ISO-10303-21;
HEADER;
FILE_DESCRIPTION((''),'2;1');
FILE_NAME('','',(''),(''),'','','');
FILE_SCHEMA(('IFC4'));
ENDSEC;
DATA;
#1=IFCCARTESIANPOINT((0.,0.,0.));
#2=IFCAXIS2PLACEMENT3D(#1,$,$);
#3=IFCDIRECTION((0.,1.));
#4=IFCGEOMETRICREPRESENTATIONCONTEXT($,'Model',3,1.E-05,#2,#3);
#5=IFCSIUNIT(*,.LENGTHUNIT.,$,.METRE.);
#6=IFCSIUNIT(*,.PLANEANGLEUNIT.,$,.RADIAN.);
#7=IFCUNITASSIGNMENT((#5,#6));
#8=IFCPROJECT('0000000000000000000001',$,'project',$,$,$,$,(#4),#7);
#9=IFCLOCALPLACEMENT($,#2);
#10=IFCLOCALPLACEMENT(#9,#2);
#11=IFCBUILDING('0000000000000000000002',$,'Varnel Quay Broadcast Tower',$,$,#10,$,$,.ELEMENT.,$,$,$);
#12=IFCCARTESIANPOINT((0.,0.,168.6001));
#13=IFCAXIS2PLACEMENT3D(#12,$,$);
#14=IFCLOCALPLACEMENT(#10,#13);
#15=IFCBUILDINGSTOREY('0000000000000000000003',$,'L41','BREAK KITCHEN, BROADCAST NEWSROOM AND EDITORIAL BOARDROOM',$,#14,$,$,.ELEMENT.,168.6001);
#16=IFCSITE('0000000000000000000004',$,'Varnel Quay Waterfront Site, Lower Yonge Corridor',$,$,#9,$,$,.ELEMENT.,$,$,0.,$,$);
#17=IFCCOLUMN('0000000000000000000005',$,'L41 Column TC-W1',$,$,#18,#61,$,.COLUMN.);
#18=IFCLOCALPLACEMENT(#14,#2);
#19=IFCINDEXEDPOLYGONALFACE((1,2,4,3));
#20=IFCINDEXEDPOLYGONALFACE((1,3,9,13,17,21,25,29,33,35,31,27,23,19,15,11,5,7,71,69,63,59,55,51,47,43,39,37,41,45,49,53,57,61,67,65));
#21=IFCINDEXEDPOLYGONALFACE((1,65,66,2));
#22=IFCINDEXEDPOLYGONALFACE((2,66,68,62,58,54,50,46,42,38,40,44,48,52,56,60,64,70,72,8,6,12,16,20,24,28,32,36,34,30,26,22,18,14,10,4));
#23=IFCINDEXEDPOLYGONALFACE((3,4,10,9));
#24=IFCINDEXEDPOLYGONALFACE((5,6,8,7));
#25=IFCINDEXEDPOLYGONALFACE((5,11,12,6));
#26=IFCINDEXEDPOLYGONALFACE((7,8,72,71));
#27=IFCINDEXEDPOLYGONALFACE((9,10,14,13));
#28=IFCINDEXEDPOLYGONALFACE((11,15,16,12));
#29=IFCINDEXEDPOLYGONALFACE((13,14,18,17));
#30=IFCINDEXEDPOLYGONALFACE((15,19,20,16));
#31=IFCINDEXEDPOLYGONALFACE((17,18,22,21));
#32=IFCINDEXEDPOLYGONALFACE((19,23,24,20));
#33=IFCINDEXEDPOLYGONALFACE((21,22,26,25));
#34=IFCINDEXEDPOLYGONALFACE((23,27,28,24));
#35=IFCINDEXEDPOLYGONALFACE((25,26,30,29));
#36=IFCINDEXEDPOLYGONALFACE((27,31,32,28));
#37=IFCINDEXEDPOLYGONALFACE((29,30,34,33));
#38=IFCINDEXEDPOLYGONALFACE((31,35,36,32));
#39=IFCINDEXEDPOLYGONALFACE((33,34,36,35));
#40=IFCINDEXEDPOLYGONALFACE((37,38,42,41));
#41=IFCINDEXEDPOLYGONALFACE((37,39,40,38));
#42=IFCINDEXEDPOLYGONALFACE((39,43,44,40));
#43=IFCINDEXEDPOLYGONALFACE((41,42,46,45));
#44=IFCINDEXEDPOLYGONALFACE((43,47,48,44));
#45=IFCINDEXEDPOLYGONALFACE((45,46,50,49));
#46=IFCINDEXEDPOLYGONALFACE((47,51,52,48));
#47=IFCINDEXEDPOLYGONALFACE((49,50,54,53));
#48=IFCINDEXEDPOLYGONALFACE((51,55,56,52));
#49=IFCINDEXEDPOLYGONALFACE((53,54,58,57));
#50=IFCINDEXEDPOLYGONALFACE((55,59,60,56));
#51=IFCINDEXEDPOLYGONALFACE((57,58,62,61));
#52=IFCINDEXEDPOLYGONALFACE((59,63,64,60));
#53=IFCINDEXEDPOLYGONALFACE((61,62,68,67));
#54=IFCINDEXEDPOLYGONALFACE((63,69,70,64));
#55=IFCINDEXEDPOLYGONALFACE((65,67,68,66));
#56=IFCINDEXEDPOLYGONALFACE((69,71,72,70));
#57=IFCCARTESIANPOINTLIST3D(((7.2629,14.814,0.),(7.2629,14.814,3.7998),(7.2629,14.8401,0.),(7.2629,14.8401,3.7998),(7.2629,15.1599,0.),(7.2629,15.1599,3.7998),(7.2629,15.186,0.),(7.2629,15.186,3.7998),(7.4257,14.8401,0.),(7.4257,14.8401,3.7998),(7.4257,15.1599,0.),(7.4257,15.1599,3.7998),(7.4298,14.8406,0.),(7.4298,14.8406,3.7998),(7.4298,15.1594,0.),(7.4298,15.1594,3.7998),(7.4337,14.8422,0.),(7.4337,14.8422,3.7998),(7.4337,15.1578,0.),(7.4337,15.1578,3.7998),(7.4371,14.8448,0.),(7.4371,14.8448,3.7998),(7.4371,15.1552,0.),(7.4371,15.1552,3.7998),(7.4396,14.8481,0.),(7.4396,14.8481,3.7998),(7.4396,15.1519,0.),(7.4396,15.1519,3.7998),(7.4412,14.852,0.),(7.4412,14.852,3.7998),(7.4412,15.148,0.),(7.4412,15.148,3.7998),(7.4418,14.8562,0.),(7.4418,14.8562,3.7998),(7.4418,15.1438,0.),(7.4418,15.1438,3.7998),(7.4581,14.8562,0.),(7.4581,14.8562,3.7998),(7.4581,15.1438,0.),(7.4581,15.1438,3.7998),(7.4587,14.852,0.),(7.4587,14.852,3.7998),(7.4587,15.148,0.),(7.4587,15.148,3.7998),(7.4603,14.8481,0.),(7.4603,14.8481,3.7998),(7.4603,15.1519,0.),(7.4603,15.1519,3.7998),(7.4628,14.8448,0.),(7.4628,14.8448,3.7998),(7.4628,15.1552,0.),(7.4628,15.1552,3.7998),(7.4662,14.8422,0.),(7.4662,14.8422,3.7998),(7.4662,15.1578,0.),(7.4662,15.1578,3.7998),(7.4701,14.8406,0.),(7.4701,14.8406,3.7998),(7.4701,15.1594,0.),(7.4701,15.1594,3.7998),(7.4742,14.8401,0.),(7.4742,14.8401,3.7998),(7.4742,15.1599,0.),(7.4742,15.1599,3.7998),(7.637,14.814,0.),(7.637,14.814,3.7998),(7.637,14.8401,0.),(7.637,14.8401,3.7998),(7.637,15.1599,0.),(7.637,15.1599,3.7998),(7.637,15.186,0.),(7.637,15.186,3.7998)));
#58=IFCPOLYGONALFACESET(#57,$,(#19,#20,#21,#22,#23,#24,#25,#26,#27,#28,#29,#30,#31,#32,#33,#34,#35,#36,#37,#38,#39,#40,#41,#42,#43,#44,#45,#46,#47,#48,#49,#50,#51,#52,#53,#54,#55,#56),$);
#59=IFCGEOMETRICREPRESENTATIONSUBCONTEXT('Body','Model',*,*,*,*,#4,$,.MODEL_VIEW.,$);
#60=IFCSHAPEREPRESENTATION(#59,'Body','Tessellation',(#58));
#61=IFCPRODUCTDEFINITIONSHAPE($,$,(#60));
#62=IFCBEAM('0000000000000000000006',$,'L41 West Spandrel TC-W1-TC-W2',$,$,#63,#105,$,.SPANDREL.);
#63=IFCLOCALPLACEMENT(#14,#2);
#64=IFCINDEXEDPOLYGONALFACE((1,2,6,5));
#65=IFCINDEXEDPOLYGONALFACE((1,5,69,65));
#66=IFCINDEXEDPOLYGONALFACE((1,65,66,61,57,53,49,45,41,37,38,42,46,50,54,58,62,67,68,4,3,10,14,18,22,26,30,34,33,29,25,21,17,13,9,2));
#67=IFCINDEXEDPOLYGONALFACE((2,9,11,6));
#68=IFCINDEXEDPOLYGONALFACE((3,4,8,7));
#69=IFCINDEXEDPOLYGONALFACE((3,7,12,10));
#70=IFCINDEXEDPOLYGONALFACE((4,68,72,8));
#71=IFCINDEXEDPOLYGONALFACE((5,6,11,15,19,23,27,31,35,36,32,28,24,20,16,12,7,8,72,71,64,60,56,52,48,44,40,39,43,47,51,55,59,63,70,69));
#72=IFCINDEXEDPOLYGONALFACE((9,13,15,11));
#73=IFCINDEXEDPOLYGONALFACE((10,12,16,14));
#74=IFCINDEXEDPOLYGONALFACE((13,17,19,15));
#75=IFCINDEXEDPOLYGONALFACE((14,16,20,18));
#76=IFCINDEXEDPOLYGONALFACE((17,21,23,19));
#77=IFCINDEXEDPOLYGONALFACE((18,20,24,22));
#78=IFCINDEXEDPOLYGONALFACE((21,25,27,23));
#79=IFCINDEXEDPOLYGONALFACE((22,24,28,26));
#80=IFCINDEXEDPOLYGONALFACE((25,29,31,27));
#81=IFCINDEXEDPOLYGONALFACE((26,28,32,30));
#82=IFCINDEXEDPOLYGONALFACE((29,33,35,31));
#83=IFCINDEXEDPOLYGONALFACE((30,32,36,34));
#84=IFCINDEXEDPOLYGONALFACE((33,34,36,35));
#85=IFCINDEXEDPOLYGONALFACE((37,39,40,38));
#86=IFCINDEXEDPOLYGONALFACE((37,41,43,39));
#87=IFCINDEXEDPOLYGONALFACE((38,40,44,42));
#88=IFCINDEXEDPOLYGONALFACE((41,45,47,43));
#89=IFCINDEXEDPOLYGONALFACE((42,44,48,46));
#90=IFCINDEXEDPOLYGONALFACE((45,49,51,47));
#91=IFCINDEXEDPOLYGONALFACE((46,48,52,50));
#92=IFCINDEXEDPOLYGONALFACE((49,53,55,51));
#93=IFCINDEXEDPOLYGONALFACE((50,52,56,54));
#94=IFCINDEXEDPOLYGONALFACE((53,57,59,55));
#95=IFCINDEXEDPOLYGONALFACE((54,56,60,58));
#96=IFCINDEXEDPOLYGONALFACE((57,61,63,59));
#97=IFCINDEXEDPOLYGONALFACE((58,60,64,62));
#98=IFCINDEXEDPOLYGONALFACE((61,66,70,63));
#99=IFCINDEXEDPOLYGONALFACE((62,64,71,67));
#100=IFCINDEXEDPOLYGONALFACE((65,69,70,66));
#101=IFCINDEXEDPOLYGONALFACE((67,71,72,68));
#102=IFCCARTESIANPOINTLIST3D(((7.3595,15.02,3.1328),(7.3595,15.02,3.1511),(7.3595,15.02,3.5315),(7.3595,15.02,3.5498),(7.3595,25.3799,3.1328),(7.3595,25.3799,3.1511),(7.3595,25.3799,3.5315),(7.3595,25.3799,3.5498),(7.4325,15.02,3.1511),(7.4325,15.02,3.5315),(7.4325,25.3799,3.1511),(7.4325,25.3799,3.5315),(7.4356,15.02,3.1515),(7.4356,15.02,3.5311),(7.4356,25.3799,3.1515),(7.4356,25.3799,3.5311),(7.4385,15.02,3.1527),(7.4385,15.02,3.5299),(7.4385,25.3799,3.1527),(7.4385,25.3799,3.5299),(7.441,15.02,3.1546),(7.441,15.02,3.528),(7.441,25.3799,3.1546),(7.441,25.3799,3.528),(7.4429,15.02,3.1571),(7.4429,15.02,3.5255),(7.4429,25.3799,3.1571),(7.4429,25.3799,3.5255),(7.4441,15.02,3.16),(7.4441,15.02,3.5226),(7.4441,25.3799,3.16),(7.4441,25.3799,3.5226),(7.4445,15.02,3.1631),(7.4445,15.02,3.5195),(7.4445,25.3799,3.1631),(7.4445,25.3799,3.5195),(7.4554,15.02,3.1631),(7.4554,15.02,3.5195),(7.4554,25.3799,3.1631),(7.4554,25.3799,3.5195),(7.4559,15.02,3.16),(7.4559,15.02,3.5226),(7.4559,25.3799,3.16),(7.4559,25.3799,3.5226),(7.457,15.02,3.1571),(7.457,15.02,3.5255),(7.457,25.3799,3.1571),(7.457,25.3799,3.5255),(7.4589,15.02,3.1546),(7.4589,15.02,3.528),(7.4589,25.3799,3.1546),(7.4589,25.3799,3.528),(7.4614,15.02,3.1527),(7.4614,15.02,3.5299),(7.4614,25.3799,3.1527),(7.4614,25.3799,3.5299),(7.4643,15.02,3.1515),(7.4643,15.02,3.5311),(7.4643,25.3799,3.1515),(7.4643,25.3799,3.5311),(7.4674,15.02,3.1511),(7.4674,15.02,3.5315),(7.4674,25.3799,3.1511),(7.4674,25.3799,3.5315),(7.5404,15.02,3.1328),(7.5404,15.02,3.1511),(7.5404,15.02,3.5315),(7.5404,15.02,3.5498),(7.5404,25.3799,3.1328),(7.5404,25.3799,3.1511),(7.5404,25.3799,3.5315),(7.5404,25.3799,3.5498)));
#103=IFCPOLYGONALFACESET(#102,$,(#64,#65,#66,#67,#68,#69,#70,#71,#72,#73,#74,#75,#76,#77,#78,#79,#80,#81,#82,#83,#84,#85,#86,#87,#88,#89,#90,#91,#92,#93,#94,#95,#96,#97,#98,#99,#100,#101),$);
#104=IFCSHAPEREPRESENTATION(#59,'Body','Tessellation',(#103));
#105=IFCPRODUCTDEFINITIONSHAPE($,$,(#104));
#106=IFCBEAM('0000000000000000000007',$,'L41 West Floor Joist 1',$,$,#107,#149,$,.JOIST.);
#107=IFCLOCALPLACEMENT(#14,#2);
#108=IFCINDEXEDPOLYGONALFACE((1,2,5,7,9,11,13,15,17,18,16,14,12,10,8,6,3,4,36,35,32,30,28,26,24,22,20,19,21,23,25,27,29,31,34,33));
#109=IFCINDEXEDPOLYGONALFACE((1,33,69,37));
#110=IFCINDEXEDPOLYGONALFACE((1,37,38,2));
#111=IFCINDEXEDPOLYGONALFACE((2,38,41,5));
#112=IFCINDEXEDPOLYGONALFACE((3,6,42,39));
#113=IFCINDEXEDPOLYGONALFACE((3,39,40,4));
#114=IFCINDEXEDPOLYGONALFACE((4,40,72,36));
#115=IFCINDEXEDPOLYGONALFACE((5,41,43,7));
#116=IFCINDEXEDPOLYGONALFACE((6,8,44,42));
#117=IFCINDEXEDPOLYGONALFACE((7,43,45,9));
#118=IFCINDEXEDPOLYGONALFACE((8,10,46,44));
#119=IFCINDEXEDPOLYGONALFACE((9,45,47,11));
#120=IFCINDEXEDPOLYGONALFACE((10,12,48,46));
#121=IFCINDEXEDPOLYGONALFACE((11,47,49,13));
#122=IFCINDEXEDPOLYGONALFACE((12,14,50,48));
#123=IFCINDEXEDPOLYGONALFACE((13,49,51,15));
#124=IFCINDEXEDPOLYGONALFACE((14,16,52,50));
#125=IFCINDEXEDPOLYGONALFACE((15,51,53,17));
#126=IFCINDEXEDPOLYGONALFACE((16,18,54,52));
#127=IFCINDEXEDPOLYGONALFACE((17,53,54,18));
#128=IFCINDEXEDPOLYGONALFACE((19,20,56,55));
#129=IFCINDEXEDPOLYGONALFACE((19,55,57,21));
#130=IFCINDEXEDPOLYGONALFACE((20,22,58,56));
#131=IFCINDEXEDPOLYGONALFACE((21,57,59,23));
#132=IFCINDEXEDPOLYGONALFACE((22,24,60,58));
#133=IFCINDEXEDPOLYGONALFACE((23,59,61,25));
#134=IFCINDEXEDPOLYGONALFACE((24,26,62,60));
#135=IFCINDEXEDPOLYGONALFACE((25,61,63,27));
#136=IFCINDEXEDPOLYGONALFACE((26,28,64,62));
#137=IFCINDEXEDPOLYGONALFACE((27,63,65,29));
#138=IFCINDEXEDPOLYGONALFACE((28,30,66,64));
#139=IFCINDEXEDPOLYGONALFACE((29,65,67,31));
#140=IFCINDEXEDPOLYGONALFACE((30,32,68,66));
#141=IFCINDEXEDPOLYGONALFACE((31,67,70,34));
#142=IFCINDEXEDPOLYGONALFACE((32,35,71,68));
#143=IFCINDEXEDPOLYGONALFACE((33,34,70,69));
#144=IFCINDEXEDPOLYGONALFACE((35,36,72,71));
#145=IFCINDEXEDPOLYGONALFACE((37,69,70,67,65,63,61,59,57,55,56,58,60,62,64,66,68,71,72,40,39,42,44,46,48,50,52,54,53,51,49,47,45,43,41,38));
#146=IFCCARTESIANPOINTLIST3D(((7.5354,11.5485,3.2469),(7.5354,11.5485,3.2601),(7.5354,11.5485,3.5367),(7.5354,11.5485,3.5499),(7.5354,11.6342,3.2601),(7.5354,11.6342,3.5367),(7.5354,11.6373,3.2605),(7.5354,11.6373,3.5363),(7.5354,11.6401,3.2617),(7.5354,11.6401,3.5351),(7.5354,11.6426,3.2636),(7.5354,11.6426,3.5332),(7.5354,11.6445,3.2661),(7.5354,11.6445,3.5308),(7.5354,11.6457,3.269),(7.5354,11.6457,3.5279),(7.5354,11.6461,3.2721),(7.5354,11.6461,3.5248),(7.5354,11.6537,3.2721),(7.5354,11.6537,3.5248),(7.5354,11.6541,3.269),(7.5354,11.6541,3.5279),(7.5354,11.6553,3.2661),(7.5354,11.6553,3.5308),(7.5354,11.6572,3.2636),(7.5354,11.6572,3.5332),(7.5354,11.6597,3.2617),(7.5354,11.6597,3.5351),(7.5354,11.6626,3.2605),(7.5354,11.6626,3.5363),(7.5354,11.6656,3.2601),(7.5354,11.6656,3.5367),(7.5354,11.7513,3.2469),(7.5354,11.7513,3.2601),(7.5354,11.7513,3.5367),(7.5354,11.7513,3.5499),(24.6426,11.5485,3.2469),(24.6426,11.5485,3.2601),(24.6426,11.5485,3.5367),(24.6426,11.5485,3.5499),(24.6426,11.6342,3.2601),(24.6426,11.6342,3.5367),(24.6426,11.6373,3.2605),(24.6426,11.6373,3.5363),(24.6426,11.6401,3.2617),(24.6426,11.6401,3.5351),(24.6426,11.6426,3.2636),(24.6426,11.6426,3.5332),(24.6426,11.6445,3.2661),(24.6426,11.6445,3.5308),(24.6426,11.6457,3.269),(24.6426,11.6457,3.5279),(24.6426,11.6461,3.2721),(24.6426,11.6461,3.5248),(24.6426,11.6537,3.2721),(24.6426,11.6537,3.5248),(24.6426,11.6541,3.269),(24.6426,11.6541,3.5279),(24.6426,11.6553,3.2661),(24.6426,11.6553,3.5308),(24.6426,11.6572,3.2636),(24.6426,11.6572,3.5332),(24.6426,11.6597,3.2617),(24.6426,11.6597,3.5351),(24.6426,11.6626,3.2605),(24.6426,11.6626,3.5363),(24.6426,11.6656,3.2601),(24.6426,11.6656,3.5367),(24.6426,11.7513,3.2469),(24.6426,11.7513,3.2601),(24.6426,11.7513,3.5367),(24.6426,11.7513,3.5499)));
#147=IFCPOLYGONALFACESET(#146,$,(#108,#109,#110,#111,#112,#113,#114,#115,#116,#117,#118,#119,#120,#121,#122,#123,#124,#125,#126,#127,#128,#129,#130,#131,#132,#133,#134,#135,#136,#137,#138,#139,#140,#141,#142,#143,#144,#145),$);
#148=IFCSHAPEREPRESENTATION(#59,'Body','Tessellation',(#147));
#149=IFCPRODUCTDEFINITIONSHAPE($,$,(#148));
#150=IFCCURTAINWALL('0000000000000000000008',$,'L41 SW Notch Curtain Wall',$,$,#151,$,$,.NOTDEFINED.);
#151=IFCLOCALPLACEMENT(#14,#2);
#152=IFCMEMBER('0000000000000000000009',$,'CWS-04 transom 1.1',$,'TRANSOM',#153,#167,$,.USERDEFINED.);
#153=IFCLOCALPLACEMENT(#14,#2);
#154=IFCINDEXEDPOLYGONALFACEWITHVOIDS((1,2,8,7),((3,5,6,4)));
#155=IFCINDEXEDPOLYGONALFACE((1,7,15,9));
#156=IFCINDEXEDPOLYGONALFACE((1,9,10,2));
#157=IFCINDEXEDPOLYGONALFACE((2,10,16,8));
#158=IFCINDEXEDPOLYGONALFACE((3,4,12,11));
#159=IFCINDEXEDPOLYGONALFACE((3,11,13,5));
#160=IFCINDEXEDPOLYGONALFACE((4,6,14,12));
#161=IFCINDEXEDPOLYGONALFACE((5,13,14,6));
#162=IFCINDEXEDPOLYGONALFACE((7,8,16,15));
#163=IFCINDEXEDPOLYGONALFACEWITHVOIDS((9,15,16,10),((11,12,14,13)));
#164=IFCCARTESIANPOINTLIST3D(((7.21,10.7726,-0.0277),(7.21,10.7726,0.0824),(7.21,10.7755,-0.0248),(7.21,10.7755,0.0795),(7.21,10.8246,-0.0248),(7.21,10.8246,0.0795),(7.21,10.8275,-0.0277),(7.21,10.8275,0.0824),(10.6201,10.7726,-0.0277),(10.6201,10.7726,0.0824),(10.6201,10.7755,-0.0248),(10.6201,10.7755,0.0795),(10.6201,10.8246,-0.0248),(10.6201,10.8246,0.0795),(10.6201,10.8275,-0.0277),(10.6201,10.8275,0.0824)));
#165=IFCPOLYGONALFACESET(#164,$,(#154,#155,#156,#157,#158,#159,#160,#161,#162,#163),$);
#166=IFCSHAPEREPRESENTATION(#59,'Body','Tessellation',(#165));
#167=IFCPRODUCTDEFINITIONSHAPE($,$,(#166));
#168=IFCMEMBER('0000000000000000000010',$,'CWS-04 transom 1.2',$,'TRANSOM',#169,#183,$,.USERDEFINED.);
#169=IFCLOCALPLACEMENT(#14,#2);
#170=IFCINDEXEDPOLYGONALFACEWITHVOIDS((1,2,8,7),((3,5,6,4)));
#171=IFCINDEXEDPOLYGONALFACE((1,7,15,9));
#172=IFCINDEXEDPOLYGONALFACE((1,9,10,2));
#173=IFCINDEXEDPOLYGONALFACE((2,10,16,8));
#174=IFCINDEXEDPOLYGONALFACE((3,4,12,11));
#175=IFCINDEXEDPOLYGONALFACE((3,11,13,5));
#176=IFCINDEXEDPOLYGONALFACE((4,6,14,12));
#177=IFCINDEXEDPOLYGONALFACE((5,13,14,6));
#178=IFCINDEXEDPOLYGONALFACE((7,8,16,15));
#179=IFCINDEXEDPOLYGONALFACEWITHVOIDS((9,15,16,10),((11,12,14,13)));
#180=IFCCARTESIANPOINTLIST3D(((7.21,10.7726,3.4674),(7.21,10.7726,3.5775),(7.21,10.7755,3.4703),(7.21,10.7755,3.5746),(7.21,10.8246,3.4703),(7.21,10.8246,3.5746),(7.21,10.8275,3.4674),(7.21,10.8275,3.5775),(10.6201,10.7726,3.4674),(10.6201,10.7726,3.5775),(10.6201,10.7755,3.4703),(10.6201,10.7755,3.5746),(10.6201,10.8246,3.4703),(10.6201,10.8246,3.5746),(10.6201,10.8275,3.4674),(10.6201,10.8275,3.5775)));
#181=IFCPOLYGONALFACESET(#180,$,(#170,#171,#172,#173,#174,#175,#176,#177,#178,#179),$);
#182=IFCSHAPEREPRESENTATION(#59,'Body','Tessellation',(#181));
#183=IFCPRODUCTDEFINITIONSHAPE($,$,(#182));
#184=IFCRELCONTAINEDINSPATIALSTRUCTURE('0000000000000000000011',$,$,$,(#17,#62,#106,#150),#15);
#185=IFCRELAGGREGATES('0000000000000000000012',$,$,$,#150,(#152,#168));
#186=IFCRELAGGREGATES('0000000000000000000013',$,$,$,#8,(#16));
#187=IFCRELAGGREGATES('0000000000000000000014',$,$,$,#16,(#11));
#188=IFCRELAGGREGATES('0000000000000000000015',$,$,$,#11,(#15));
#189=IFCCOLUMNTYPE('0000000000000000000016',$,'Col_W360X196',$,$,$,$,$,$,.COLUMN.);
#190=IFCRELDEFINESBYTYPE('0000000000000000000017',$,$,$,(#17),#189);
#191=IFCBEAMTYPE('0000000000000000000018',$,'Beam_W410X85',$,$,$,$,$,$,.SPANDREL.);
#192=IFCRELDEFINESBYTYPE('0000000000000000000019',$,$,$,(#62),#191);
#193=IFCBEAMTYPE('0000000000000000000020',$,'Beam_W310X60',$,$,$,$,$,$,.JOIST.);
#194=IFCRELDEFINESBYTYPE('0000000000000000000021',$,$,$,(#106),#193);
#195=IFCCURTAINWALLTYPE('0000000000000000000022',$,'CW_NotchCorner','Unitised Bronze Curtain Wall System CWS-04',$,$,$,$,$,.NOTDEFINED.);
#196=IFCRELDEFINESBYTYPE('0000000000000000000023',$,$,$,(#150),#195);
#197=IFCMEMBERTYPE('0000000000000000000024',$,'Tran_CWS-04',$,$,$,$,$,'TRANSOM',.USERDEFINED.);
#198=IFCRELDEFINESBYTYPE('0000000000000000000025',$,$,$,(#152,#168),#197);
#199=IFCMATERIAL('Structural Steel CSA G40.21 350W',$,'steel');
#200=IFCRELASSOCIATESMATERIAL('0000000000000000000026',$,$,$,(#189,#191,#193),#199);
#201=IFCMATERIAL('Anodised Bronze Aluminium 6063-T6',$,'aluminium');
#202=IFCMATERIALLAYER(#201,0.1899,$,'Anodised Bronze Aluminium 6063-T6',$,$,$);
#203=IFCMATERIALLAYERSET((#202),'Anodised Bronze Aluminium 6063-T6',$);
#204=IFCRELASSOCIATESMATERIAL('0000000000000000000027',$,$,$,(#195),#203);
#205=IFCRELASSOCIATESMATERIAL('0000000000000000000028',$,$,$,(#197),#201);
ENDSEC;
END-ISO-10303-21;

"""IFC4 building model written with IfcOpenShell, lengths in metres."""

from ifc_helpers import new_model, si_unit, direction, frame, origin, origin_2d, place, context, subcontext, project, spatial, hollow_rectangle, i_section, extrude, source, transform, mapped, material, layer, layer_set, material_profile, profile_set, type_object, type_shapes, element, aggregate, save


model = new_model("IFC4")

# Units and contexts
model_context = context("Model", 3, precision=1e-05, world=origin(), true_north=direction((0.0, 1.0)))
body_context = subcontext(model_context, "Body", "Model", "MODEL_VIEW")
ifc_project = project(units=[si_unit("LENGTHUNIT", "METRE"), si_unit("PLANEANGLEUNIT", "RADIAN")], contexts=[model_context])

# Site, building, storey
site_placement = place(None, origin())
site = spatial("IfcSite", under=ifc_project, at=site_placement, Name="Varnel Quay Waterfront Site, Lower Yonge Corridor", CompositionType="ELEMENT", RefElevation=0.0)
building_placement = place(site_placement, origin())
building = spatial("IfcBuilding", under=site, at=building_placement, Name="Varnel Quay Broadcast Tower", CompositionType="ELEMENT")
storey_placement = place(building_placement, frame((0.0, 0.0, 168.6001)))
storey = spatial("IfcBuildingStorey", under=building, at=storey_placement, Name="L41", Description="BREAK KITCHEN, BROADCAST NEWSROOM AND EDITORIAL BOARDROOM", CompositionType="ELEMENT", Elevation=168.6001)

# Column
ifc_material_1 = material(Name="Structural Steel CSA G40.21 350W", Category="steel")
ifc_material_profile_1 = material_profile(ifc_material_1, i_section(OverallWidth=0.374, OverallDepth=0.3721, WebThickness=0.0164, FlangeThickness=0.0261, FilletRadius=0.0161, at=origin_2d()), Name="W360X196")
ifc_profile_set_1 = profile_set([ifc_material_profile_1], Name="Structural Steel CSA G40.21 350W")
column_type = type_object("IfcColumnType", Name="Col_W360X196", PredefinedType="COLUMN", material=ifc_profile_set_1)
shared_shape_1 = source(origin(), body_context, "Body", "SweptSolid", [
    extrude(i_section(OverallWidth=0.374, OverallDepth=0.3721, WebThickness=0.0164, FlangeThickness=0.0261, FilletRadius=0.0161, at=origin_2d()), origin(), (0.0, 0.0, 1.0), 3.7998),
])
type_shapes(column_type, [shared_shape_1])
column_placement = place(storey_placement, frame((7.45, 15.0, 0.0), z_axis=(0.0, 0.0, 1.0), x_axis=(1.0, 0.0, 0.0)))
element("IfcColumn", 1, at=column_placement, inside=storey, type_object=column_type, Name="L41 Column TC-W1", PredefinedType="COLUMN", context=body_context, shape_type="MappedRepresentation", body=[
    mapped(shared_shape_1, transform((0.0, 0.0, 0.0), x_axis=(1.0, 0.0, 0.0), y_axis=(0.0, 1.0, 0.0), z_axis=(0.0, 0.0, 1.0), scale=1.0)),
])

# Beams
ifc_material_profile_2 = material_profile(ifc_material_1, i_section(OverallWidth=0.1809, OverallDepth=0.417, WebThickness=0.011, FlangeThickness=0.0183, FilletRadius=0.012, at=origin_2d()), Name="W410X85")
ifc_profile_set_2 = profile_set([ifc_material_profile_2], Name="Structural Steel CSA G40.21 350W")
beam_type_1 = type_object("IfcBeamType", Name="Beam_W410X85", PredefinedType="SPANDREL", material=ifc_profile_set_2)
shared_shape_2 = source(origin(), body_context, "Body", "SweptSolid", [
    extrude(i_section(OverallWidth=0.1809, OverallDepth=0.417, WebThickness=0.011, FlangeThickness=0.0183, FilletRadius=0.012, at=origin_2d()), origin(), (0.0, 0.0, 1.0), 10.3599),
])
type_shapes(beam_type_1, [shared_shape_2])
beam_1_placement = place(storey_placement, frame((7.45, 15.02, 3.3413), z_axis=(0.0, 1.0, 0.0), x_axis=(-1.0, 0.0, 0.0)))
element("IfcBeam", 2, at=beam_1_placement, inside=storey, type_object=beam_type_1, Name="L41 West Spandrel TC-W1-TC-W2", PredefinedType="SPANDREL", context=body_context, shape_type="MappedRepresentation", body=[
    mapped(shared_shape_2, transform((0.0, 0.0, 0.0), x_axis=(1.0, 0.0, 0.0), y_axis=(0.0, 1.0, 0.0), z_axis=(0.0, 0.0, 1.0), scale=1.0)),
])
ifc_material_profile_3 = material_profile(ifc_material_1, i_section(OverallWidth=0.2029, OverallDepth=0.303, WebThickness=0.0076, FlangeThickness=0.0132, FilletRadius=0.012, at=origin_2d()), Name="W310X60")
ifc_profile_set_3 = profile_set([ifc_material_profile_3], Name="Structural Steel CSA G40.21 350W")
beam_type_2 = type_object("IfcBeamType", Name="Beam_W310X60", PredefinedType="JOIST", material=ifc_profile_set_3)
shared_shape_3 = source(origin(), body_context, "Body", "SweptSolid", [
    extrude(i_section(OverallWidth=0.2029, OverallDepth=0.303, WebThickness=0.0076, FlangeThickness=0.0132, FilletRadius=0.012, at=origin_2d()), origin(), (0.0, 0.0, 1.0), 17.1072),
])
type_shapes(beam_type_2, [shared_shape_3])
beam_2_placement = place(storey_placement, frame((7.5354, 11.6499, 3.3984), z_axis=(1.0, 0.0, 0.0), x_axis=(0.0, 1.0, 0.0)))
element("IfcBeam", 3, at=beam_2_placement, inside=storey, type_object=beam_type_2, Name="L41 West Floor Joist 1", PredefinedType="JOIST", context=body_context, shape_type="MappedRepresentation", body=[
    mapped(shared_shape_3, transform((0.0, 0.0, 0.0), x_axis=(1.0, 0.0, 0.0), y_axis=(0.0, 1.0, 0.0), z_axis=(0.0, 0.0, 1.0), scale=1.0)),
])

# Curtain wall, members
ifc_material_2 = material(Name="Anodised Bronze Aluminium 6063-T6", Category="aluminium")
ifc_layer_1 = layer(ifc_material_2, 0.1899, Name="Anodised Bronze Aluminium 6063-T6")
ifc_layer_set_1 = layer_set([ifc_layer_1], Name="Anodised Bronze Aluminium 6063-T6")
curtain_wall_type_1 = type_object("IfcCurtainWallType", Name="CW_NotchCorner", Description="Unitised Bronze Curtain Wall System CWS-04", PredefinedType="NOTDEFINED", material=ifc_layer_set_1)
curtain_wall_1_placement = place(storey_placement, origin())
curtain_wall_1 = element("IfcCurtainWall", 4, at=curtain_wall_1_placement, inside=storey, type_object=curtain_wall_type_1, Name="L41 SW Notch Curtain Wall", PredefinedType="NOTDEFINED")
ifc_material_profile_4 = material_profile(ifc_material_2, hollow_rectangle(XDim=0.0549, YDim=0.1101, WallThickness=0.0029, at=origin_2d()), Name="ALU55X110X3")
ifc_profile_set_4 = profile_set([ifc_material_profile_4], Name="Anodised Bronze Aluminium 6063-T6")
member_type_1 = type_object("IfcMemberType", Name="Tran_CWS-04", ElementType="TRANSOM", PredefinedType="USERDEFINED", material=ifc_profile_set_4)
shared_shape_4 = source(origin(), body_context, "Body", "SweptSolid", [
    extrude(hollow_rectangle(XDim=0.0549, YDim=0.1101, WallThickness=0.0029, at=origin_2d()), origin(), (0.0, 0.0, 1.0), 3.4102),
])
type_shapes(member_type_1, [shared_shape_4])
member_1_placement = place(storey_placement, frame((7.21, 10.8, 0.0273), z_axis=(1.0, 0.0, 0.0), x_axis=(0.0, 1.0, 0.0)))
member_1 = element("IfcMember", 5, at=member_1_placement, type_object=member_type_1, Name="CWS-04 transom 1.1", ObjectType="TRANSOM", PredefinedType="USERDEFINED", context=body_context, shape_type="MappedRepresentation", body=[
    mapped(shared_shape_4, transform((0.0, 0.0, 0.0), x_axis=(1.0, 0.0, 0.0), y_axis=(0.0, 1.0, 0.0), z_axis=(0.0, 0.0, 1.0), scale=1.0)),
])
member_2_placement = place(storey_placement, frame((7.21, 10.8, 3.5225), z_axis=(1.0, 0.0, 0.0), x_axis=(0.0, 1.0, 0.0)))
member_2 = element("IfcMember", 6, at=member_2_placement, type_object=member_type_1, Name="CWS-04 transom 1.2", ObjectType="TRANSOM", PredefinedType="USERDEFINED", context=body_context, shape_type="MappedRepresentation", body=[
    mapped(shared_shape_4, transform((0.0, 0.0, 0.0), x_axis=(1.0, 0.0, 0.0), y_axis=(0.0, 1.0, 0.0), z_axis=(0.0, 0.0, 1.0), scale=1.0)),
])

aggregate(curtain_wall_1, [member_1, member_2])

save(model, "model.ifc")
